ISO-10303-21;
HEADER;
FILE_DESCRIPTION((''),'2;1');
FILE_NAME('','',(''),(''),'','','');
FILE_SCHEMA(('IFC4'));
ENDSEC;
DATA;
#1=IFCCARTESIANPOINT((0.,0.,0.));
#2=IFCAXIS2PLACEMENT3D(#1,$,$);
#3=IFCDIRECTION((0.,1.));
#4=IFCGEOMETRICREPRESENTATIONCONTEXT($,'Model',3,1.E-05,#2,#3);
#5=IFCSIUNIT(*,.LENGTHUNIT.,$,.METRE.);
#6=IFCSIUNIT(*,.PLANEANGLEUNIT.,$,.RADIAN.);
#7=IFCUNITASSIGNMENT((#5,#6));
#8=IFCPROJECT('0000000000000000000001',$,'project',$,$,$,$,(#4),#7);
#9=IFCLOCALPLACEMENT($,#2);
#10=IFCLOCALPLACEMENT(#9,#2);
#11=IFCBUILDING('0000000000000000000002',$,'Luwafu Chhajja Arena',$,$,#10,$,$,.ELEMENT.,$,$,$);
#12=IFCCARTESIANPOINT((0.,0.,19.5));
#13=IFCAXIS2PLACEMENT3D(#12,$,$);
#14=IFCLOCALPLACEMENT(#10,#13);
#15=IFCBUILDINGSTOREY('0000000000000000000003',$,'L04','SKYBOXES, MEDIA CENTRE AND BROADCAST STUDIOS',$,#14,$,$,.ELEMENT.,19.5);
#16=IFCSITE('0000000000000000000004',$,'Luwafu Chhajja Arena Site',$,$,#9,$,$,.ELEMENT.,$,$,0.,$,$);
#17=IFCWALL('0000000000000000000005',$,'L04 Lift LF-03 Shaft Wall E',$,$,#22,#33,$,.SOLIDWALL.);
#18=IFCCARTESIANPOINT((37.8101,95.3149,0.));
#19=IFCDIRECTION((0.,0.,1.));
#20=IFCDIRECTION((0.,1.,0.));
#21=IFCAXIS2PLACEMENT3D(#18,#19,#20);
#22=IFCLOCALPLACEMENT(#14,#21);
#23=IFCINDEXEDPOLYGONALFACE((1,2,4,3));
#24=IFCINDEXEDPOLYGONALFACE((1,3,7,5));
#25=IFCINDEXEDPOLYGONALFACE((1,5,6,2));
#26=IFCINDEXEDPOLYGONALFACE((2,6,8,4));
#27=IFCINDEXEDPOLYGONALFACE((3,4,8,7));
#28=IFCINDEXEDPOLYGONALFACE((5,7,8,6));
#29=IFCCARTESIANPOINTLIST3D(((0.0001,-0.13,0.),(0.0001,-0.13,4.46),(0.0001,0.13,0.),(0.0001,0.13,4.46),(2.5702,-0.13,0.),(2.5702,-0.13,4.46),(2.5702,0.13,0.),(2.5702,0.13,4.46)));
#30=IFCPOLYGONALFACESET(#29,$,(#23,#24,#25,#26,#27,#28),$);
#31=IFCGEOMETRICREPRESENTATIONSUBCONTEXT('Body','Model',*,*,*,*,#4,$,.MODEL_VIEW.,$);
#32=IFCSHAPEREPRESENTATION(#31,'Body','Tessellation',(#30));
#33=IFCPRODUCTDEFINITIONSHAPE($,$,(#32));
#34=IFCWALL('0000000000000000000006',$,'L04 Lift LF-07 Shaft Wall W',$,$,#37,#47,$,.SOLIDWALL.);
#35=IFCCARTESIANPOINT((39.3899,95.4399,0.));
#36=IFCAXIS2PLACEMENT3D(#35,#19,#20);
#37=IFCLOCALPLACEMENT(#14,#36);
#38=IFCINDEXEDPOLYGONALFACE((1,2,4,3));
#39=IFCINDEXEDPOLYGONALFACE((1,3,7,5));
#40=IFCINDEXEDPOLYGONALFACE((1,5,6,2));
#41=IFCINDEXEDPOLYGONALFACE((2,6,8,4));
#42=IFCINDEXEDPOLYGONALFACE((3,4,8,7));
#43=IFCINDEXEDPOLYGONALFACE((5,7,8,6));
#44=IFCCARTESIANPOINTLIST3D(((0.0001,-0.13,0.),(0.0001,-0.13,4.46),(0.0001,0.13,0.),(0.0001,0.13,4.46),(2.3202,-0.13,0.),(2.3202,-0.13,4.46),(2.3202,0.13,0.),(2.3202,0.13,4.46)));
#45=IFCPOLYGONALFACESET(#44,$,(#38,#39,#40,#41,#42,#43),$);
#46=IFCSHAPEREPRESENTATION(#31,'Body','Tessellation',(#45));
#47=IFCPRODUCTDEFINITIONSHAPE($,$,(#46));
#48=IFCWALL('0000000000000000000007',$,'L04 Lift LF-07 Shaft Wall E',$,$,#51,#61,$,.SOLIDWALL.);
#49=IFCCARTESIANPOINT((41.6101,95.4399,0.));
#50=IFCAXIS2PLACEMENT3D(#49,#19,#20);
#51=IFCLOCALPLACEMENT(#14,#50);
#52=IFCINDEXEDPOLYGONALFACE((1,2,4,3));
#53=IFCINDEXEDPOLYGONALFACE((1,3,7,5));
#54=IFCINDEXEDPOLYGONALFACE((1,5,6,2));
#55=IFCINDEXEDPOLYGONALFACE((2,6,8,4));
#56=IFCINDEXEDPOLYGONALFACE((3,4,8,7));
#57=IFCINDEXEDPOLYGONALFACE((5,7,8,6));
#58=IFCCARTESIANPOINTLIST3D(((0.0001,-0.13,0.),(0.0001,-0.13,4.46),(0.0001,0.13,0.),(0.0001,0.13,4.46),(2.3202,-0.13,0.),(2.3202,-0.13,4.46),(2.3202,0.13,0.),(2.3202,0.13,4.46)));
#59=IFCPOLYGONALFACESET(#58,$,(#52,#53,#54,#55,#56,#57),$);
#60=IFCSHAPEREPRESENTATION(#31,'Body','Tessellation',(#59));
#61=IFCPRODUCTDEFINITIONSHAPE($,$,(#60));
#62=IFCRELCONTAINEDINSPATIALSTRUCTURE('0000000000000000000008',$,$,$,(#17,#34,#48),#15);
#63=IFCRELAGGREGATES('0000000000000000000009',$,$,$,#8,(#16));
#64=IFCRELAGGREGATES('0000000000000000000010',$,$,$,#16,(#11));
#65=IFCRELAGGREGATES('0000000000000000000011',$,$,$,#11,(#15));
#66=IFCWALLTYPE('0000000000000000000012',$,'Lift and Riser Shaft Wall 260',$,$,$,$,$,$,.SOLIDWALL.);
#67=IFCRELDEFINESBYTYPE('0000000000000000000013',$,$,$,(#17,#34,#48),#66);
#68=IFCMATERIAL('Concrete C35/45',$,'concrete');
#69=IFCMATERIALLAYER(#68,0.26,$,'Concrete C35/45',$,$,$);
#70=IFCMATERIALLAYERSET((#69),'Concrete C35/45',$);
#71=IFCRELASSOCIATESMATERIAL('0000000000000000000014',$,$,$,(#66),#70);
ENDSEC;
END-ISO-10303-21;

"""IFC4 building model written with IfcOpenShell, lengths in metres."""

from ifc_helpers import new_model, si_unit, direction, frame, frame_2d, origin, place, context, subcontext, project, spatial, rectangle, extrude, material, layer, layer_set, type_object, element, save


model = new_model("IFC4")

# Units and contexts
model_context = context("Model", 3, precision=1e-05, world=origin(), true_north=direction((0.0, 1.0)))
body_context = subcontext(model_context, "Body", "Model", "MODEL_VIEW")
ifc_project = project(units=[si_unit("LENGTHUNIT", "METRE"), si_unit("PLANEANGLEUNIT", "RADIAN")], contexts=[model_context])

# Site, building, storey
site_placement = place(None, origin())
site = spatial("IfcSite", under=ifc_project, at=site_placement, Name="Luwafu Chhajja Arena Site", CompositionType="ELEMENT", RefElevation=0.0)
building_placement = place(site_placement, origin())
building = spatial("IfcBuilding", under=site, at=building_placement, Name="Luwafu Chhajja Arena", CompositionType="ELEMENT")
storey_placement = place(building_placement, frame((0.0, 0.0, 19.5)))
storey = spatial("IfcBuildingStorey", under=building, at=storey_placement, Name="L04", Description="SKYBOXES, MEDIA CENTRE AND BROADCAST STUDIOS", CompositionType="ELEMENT", Elevation=19.5)

# Shared definitions
ifc_material_1 = material(Name="Concrete C35/45", Category="concrete")

# Wall
ifc_layer_1 = layer(ifc_material_1, 0.26, Name="Concrete C35/45")
ifc_layer_set_1 = layer_set([ifc_layer_1], Name="Concrete C35/45")
wall_type_1 = type_object("IfcWallType", Name="Lift and Riser Shaft Wall 260", PredefinedType="SOLIDWALL", material=ifc_layer_set_1)
wall_1_placement = place(storey_placement, frame((37.8101, 95.3149, 0.0), z_axis=(0.0, 0.0, 1.0), x_axis=(0.0, 1.0, 0.0)))
element("IfcWall", 1, at=wall_1_placement, inside=storey, type_object=wall_type_1, Name="L04 Lift LF-03 Shaft Wall E", PredefinedType="SOLIDWALL", context=body_context, shape_type="SweptSolid", body=[
    extrude(rectangle(XDim=2.5701, YDim=0.26, at=frame_2d((1.2852, 0.0))), origin(), (0.0, 0.0, 1.0), 4.46),
])

# Walls
for number, where, z_axis, x_axis, name in (
    (2, (39.3899, 95.4399, 0.0), (0.0, 0.0, 1.0), (0.0, 1.0, 0.0), "L04 Lift LF-07 Shaft Wall W"),
    (3, (41.6101, 95.4399, 0.0), (0.0, 0.0, 1.0), (0.0, 1.0, 0.0), "L04 Lift LF-07 Shaft Wall E"),
):
    element("IfcWall", number, at=place(storey_placement, frame(where, z_axis=z_axis, x_axis=x_axis)), inside=storey, type_object=wall_type_1, Name=name, PredefinedType="SOLIDWALL", context=body_context, shape_type="SweptSolid", body=[
        extrude(rectangle(XDim=2.3201, YDim=0.26, at=frame_2d((1.1602, 0.0))), origin(), (0.0, 0.0, 1.0), 4.46),
    ])

save(model, "model.ifc")
